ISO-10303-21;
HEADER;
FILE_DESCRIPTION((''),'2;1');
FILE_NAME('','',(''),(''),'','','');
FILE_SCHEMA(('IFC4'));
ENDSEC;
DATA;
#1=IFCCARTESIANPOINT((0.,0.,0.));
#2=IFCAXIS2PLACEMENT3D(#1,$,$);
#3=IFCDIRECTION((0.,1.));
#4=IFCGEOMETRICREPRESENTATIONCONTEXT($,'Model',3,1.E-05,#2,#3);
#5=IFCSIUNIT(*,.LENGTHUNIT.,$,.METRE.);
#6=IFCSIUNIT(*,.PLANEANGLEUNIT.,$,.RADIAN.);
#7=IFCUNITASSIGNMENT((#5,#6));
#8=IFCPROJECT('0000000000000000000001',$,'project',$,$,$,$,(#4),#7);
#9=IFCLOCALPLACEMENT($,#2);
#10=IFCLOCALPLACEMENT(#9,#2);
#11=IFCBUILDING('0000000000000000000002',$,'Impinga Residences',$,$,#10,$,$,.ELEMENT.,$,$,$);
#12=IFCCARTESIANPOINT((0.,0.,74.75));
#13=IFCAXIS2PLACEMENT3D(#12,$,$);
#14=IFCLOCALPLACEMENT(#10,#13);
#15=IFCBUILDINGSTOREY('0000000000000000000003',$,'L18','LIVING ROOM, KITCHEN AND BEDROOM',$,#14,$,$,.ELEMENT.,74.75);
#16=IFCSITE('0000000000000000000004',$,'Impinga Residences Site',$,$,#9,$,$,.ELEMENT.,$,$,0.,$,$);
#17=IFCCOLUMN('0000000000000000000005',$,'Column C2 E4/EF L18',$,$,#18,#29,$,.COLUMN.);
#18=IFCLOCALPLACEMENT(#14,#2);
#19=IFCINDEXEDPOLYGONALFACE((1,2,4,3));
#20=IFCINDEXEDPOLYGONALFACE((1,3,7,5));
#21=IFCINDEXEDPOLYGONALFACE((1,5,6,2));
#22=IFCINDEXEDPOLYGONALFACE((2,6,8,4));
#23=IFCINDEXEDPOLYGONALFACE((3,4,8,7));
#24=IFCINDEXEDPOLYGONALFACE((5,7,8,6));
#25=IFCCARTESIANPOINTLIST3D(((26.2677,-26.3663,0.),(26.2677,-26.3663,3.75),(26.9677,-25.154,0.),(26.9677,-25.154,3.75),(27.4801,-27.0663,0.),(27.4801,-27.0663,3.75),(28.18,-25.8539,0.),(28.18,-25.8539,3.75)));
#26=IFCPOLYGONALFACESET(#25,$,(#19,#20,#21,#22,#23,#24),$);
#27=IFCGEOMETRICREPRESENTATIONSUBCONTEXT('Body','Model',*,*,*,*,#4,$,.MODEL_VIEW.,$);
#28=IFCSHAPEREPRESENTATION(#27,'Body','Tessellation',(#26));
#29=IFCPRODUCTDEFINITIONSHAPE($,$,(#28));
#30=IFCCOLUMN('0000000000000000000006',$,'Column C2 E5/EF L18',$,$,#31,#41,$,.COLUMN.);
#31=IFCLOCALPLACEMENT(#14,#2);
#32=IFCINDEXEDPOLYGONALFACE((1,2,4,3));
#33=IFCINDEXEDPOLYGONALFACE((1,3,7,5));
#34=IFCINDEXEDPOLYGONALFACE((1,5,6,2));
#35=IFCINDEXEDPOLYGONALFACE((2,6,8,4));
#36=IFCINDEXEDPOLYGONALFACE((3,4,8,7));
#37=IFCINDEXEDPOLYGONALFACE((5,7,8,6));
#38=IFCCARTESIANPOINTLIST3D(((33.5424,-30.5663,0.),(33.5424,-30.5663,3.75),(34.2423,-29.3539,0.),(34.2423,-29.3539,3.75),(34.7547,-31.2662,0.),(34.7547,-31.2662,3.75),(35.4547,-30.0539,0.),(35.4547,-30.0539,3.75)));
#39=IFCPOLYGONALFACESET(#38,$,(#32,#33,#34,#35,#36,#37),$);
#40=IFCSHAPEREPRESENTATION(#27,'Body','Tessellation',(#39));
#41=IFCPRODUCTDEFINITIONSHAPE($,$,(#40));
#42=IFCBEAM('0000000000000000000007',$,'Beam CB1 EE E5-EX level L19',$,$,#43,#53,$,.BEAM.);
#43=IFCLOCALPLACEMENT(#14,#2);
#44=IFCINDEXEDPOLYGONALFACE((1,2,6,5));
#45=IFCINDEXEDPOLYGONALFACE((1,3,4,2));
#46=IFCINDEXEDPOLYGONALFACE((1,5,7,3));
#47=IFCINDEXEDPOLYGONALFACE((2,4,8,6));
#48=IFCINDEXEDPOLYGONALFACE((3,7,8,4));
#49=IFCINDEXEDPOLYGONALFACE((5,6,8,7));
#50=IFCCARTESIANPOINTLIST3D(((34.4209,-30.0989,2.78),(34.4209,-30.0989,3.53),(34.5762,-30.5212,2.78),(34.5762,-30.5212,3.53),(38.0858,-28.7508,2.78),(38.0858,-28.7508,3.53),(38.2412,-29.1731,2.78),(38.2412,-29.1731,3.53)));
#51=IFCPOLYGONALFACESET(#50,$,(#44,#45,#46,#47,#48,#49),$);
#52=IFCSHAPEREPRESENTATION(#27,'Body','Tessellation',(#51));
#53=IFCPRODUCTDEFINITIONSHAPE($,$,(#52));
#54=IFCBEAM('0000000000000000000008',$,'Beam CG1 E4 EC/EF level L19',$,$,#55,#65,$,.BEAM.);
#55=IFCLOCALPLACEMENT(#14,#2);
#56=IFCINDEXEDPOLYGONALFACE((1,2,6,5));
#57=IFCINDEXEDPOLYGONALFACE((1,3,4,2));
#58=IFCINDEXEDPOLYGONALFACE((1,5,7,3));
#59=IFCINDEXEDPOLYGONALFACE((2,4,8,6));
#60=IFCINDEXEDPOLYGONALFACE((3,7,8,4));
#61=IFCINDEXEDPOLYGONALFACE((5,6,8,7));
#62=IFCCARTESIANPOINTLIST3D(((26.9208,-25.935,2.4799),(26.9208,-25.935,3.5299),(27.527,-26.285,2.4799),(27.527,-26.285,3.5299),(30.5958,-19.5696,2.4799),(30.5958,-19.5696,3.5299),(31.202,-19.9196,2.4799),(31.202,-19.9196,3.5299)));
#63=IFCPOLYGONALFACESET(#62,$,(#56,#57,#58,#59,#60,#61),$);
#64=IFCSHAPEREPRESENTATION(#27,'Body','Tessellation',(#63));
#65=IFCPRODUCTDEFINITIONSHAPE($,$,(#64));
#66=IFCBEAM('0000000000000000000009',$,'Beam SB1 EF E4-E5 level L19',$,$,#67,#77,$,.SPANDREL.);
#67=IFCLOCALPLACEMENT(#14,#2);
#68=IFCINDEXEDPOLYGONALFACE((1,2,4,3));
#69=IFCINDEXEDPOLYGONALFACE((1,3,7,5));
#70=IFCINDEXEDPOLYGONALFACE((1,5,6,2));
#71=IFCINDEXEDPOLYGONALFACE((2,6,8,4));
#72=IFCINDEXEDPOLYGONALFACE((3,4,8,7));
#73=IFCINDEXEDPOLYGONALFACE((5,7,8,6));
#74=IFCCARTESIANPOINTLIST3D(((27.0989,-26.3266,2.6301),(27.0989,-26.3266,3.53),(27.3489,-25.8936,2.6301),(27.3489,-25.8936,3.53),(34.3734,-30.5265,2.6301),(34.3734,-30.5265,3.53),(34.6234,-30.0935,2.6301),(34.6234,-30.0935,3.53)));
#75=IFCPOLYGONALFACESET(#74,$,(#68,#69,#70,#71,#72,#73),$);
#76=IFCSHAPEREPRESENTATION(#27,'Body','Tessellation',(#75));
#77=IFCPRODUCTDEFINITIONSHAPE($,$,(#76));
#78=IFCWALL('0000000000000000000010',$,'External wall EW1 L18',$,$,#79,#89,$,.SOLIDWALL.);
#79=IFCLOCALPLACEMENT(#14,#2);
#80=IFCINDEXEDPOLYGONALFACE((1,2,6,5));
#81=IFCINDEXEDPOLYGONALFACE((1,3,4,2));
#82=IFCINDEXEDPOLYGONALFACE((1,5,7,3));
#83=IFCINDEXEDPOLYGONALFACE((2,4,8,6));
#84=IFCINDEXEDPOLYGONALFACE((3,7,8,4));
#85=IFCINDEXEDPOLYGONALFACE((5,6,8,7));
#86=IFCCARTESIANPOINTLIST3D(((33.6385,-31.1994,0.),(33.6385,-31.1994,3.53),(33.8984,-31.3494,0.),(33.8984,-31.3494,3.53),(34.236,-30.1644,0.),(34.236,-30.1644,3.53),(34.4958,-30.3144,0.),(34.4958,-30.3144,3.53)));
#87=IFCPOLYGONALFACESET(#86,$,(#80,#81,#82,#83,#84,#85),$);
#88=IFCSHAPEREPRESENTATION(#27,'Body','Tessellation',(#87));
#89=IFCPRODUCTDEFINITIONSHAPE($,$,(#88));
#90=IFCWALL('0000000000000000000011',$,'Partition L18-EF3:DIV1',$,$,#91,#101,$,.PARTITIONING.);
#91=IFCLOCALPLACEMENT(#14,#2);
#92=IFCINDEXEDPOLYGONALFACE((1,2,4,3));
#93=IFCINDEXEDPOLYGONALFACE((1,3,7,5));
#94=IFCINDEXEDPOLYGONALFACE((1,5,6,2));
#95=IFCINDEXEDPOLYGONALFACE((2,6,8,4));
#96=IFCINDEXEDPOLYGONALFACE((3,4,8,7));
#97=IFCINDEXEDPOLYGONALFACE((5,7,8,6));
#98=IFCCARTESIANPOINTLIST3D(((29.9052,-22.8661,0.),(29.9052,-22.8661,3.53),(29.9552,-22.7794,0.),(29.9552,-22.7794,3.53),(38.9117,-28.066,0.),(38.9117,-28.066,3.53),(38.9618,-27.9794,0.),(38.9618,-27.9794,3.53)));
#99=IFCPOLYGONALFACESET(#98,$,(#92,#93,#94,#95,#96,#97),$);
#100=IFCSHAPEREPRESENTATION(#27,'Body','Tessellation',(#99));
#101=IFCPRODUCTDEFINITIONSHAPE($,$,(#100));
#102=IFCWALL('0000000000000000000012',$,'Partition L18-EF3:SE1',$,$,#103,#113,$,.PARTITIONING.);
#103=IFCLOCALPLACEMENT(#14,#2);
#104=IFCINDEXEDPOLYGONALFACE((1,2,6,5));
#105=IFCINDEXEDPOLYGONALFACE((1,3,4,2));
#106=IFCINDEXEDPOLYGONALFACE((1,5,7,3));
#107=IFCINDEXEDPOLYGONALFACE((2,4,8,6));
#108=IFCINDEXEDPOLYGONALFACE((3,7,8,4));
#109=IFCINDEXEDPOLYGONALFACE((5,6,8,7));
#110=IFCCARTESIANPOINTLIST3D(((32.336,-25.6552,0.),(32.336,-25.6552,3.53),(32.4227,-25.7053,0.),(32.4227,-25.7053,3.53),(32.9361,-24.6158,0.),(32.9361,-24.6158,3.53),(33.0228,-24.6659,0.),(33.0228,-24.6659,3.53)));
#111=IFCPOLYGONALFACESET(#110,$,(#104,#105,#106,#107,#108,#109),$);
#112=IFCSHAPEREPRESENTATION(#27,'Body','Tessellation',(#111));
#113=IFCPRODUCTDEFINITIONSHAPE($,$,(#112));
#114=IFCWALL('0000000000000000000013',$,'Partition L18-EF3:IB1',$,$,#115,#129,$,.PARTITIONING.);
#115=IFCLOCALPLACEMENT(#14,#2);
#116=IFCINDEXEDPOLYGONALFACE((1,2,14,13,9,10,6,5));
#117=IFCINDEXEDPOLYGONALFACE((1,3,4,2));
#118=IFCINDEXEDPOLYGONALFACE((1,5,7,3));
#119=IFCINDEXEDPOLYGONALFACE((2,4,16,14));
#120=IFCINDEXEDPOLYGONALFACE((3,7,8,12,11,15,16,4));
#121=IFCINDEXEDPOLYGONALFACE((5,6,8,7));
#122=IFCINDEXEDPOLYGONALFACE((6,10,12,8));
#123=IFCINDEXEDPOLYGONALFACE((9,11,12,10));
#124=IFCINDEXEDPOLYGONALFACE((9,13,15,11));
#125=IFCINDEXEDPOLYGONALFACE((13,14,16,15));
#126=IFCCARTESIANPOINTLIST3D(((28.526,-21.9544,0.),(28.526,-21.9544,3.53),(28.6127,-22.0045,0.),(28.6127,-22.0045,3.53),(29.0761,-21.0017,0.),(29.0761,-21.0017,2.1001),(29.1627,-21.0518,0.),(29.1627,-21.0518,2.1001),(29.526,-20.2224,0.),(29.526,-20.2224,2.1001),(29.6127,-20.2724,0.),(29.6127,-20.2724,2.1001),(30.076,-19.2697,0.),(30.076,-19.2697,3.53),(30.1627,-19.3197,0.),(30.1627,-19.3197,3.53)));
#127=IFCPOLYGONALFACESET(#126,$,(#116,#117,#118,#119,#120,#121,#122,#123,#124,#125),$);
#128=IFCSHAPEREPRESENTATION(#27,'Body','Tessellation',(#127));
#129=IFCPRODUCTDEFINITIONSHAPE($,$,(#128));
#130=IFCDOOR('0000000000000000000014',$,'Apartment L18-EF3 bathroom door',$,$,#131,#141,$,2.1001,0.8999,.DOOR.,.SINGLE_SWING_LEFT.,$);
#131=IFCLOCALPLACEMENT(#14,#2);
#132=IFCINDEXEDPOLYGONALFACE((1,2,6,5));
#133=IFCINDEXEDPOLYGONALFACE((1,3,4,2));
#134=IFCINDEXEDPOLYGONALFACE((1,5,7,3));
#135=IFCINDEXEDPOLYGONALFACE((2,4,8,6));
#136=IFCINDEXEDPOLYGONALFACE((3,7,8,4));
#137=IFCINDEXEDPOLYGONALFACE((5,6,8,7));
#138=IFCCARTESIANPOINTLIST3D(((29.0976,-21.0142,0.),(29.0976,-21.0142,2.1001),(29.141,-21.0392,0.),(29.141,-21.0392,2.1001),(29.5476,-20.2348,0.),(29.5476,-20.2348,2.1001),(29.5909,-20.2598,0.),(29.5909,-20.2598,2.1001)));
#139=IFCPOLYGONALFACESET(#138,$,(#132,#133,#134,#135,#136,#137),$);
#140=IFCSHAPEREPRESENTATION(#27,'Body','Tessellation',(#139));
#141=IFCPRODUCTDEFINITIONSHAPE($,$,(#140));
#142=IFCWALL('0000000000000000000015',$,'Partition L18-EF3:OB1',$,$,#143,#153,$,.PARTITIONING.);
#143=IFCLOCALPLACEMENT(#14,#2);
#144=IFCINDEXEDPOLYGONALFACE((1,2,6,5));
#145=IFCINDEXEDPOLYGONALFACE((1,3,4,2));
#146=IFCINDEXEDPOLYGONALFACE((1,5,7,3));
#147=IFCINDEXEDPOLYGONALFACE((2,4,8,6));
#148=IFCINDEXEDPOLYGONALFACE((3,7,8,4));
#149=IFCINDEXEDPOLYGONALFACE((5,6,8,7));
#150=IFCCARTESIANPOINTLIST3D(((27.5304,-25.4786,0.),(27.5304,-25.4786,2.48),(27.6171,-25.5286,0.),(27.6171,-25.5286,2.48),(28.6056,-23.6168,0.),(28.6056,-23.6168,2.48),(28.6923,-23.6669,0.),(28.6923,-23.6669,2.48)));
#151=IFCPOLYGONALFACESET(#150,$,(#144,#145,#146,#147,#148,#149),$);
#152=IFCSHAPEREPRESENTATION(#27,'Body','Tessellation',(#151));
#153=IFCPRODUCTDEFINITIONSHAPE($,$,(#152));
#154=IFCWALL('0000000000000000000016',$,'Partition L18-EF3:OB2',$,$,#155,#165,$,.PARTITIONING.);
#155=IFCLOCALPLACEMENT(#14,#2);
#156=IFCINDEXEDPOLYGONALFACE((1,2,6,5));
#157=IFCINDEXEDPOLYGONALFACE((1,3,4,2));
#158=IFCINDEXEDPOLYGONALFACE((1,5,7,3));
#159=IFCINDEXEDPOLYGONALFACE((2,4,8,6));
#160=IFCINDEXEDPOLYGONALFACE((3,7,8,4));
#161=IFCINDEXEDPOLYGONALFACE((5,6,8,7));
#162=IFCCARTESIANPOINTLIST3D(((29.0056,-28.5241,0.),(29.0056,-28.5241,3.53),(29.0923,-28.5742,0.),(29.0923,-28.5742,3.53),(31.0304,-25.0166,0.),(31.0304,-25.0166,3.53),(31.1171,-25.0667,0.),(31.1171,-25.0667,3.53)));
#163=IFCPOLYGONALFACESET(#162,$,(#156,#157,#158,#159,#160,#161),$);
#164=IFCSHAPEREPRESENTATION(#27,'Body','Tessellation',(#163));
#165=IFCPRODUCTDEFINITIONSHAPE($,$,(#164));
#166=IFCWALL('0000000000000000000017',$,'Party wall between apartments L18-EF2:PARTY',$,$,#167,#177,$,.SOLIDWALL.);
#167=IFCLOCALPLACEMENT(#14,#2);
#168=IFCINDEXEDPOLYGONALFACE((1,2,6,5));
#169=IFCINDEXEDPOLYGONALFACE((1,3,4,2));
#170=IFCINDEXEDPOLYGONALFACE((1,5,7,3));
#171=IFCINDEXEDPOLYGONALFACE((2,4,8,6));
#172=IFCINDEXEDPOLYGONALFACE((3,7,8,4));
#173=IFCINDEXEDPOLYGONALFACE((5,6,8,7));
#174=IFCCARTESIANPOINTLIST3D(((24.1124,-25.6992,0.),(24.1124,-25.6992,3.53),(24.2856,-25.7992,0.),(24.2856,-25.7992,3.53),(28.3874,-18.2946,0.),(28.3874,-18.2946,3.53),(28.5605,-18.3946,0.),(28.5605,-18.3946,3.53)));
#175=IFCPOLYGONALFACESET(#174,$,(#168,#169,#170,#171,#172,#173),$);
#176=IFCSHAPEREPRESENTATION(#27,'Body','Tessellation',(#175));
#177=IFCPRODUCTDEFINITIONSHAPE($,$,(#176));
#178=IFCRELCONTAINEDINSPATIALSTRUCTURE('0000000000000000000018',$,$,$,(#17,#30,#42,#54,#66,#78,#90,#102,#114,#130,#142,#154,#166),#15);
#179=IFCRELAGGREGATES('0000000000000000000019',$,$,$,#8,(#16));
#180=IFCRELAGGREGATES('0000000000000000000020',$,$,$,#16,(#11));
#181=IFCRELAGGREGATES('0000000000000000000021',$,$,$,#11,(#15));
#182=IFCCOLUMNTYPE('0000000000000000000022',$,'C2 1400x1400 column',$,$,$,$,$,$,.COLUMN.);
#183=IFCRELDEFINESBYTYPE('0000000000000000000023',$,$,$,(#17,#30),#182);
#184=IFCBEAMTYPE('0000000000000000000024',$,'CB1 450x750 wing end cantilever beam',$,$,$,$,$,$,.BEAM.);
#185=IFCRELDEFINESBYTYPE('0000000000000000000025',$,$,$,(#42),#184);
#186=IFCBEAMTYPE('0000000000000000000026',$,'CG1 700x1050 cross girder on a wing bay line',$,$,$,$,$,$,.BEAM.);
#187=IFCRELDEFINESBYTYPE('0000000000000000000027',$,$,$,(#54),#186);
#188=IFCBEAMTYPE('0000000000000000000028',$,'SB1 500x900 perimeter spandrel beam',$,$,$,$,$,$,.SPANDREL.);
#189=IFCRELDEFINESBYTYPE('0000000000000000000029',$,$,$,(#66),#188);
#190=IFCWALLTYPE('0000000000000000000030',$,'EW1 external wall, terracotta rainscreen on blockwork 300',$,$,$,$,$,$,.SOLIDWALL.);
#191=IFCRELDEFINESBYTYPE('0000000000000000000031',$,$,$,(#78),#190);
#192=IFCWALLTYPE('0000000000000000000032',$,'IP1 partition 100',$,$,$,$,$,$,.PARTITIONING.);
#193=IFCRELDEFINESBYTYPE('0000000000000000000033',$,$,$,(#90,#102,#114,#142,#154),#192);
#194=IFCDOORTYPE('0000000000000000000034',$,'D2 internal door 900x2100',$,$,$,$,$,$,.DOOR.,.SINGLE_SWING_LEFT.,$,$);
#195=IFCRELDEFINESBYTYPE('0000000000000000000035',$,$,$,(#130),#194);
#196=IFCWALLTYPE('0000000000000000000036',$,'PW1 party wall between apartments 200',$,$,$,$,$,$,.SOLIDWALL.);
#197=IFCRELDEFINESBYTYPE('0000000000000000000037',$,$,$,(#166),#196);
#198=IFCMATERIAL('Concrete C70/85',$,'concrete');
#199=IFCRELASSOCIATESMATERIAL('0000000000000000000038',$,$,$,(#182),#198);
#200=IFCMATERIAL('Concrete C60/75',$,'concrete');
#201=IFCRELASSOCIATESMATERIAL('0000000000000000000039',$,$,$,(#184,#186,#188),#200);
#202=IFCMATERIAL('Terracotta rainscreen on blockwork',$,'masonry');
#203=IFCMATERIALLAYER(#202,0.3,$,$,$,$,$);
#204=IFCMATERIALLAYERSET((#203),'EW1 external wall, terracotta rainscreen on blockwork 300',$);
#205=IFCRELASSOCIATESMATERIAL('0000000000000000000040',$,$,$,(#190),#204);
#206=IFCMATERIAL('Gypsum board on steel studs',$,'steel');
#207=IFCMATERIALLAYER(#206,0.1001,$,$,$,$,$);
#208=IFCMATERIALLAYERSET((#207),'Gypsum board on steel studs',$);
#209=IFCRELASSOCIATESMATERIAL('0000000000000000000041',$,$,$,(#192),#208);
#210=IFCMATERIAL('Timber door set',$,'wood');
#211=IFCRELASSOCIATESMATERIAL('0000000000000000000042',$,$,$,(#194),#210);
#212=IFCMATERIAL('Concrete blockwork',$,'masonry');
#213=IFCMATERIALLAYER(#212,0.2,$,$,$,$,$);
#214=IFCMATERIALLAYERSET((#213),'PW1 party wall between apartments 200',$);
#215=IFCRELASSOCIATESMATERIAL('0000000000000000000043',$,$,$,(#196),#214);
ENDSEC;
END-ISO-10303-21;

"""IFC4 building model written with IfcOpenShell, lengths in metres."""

from ifc_helpers import new_model, si_unit, direction, frame, frame_2d, origin, origin_2d, place, context, subcontext, project, spatial, rectangle, extrude, material, layer, layer_set, material_profile, profile_set, type_object, element, fill, save


model = new_model("IFC4")

# Units and contexts
model_context = context("Model", 3, precision=1e-05, world=origin(), true_north=direction((0.0, 1.0)))
body_context = subcontext(model_context, "Body", "Model", "MODEL_VIEW")
ifc_project = project(units=[si_unit("LENGTHUNIT", "METRE"), si_unit("PLANEANGLEUNIT", "RADIAN")], contexts=[model_context])

# Site, building, storey
site_placement = place(None, origin())
site = spatial("IfcSite", under=ifc_project, at=site_placement, Name="Impinga Residences Site", CompositionType="ELEMENT", RefElevation=0.0)
building_placement = place(site_placement, origin())
building = spatial("IfcBuilding", under=site, at=building_placement, Name="Impinga Residences", CompositionType="ELEMENT")
storey_placement = place(building_placement, frame((0.0, 0.0, 74.75)))
storey = spatial("IfcBuildingStorey", under=building, at=storey_placement, Name="L18", Description="LIVING ROOM, KITCHEN AND BEDROOM", CompositionType="ELEMENT", Elevation=74.75)

# Columns
ifc_material_1 = material(Name="Concrete C70/85", Category="concrete")
ifc_material_profile_1 = material_profile(ifc_material_1, rectangle(XDim=1.3999, YDim=1.3999, at=origin_2d()), Name="RC 1400x1400")
ifc_profile_set_1 = profile_set([ifc_material_profile_1], Name="Concrete C70/85")
column_type = type_object("IfcColumnType", Name="C2 1400x1400 column", PredefinedType="COLUMN", material=ifc_profile_set_1)
for number, where, z_axis, x_axis, name in (
    (1, (27.2239, -26.1101, 0.0), (0.0, 0.0, 1.0), (-0.5, -0.866025, 0.0), "Column C2 E4/EF L18"),
    (2, (34.4985, -30.3101, 0.0), (0.0, 0.0, 1.0), (-0.5, -0.866025, 0.0), "Column C2 E5/EF L18"),
):
    element("IfcColumn", number, at=place(storey_placement, frame(where, z_axis=z_axis, x_axis=x_axis)), inside=storey, type_object=column_type, Name=name, PredefinedType="COLUMN", context=body_context, shape_type="SweptSolid", body=[
        extrude(rectangle(XDim=1.3999, YDim=1.3999, at=origin_2d()), origin(), (0.0, 0.0, 1.0), 3.75),
    ])

# Beams
ifc_material_2 = material(Name="Concrete C60/75", Category="concrete")
ifc_material_profile_2 = material_profile(ifc_material_2, rectangle(XDim=0.45, YDim=0.75, at=origin_2d()), Name="RC 450x750")
ifc_profile_set_2 = profile_set([ifc_material_profile_2], Name="Concrete C60/75")
beam_type_1 = type_object("IfcBeamType", Name="CB1 450x750 wing end cantilever beam", PredefinedType="BEAM", material=ifc_profile_set_2)
beam_1_placement = place(storey_placement, frame((34.4985, -30.3101, 3.155), z_axis=(0.93852, 0.345224, 0.0), x_axis=(-0.345224, 0.93852, 0.0)))
element("IfcBeam", 3, at=beam_1_placement, inside=storey, type_object=beam_type_1, Name="Beam CB1 EE E5-EX level L19", PredefinedType="BEAM", context=body_context, shape_type="SweptSolid", body=[
    extrude(rectangle(XDim=0.45, YDim=0.75, at=origin_2d()), origin(), (0.0, 0.0, 1.0), 3.905),
])
ifc_material_profile_3 = material_profile(ifc_material_2, rectangle(XDim=0.7, YDim=1.05, at=origin_2d()), Name="RC 700x1050")
ifc_profile_set_3 = profile_set([ifc_material_profile_3], Name="Concrete C60/75")
beam_type_2 = type_object("IfcBeamType", Name="CG1 700x1050 cross girder on a wing bay line", PredefinedType="BEAM", material=ifc_profile_set_3)
beam_2_placement = place(storey_placement, frame((30.8989, -19.7446, 3.0049), z_axis=(-0.499994, -0.866029, 0.0), x_axis=(0.866029, -0.499994, 0.0)))
element("IfcBeam", 4, at=beam_2_placement, inside=storey, type_object=beam_type_2, Name="Beam CG1 E4 EC/EF level L19", PredefinedType="BEAM", context=body_context, shape_type="SweptSolid", body=[
    extrude(rectangle(XDim=0.7, YDim=1.05, at=origin_2d()), origin(), (0.0, 0.0, 1.0), 7.3501),
])
ifc_material_profile_4 = material_profile(ifc_material_2, rectangle(XDim=0.5, YDim=0.8999, at=origin_2d()), Name="RC 500x900")
ifc_profile_set_4 = profile_set([ifc_material_profile_4], Name="Concrete C60/75")
beam_type_3 = type_object("IfcBeamType", Name="SB1 500x900 perimeter spandrel beam", PredefinedType="SPANDREL", material=ifc_profile_set_4)
beam_3_placement = place(storey_placement, frame((27.2239, -26.1101, 3.0801), z_axis=(0.866029, -0.499993, 0.0), x_axis=(0.499993, 0.866029, 0.0)))
element("IfcBeam", 5, at=beam_3_placement, inside=storey, type_object=beam_type_3, Name="Beam SB1 EF E4-E5 level L19", PredefinedType="SPANDREL", context=body_context, shape_type="SweptSolid", body=[
    extrude(rectangle(XDim=0.5, YDim=0.8999, at=origin_2d()), origin(), (0.0, 0.0, 1.0), 8.3999),
])

# Wall
ifc_material_3 = material(Name="Terracotta rainscreen on blockwork", Category="masonry")
ifc_layer_1 = layer(ifc_material_3, 0.3)
ifc_layer_set_1 = layer_set([ifc_layer_1], Name="EW1 external wall, terracotta rainscreen on blockwork 300")
wall_type_1 = type_object("IfcWallType", Name="EW1 external wall, terracotta rainscreen on blockwork 300", PredefinedType="SOLIDWALL", material=ifc_layer_set_1)
wall_1_placement = place(storey_placement, frame((34.366, -30.2393, 0.0), z_axis=(0.0, 0.0, 1.0), x_axis=(-0.499941, -0.86606, 0.0)))
element("IfcWall", 6, at=wall_1_placement, inside=storey, type_object=wall_type_1, Name="External wall EW1 L18", PredefinedType="SOLIDWALL", context=body_context, shape_type="SweptSolid", body=[
    extrude(rectangle(XDim=1.1951, YDim=0.3, at=frame_2d((0.5977, 0.0))), origin(), (0.0, 0.0, 1.0), 3.53),
])

# Walls
ifc_material_4 = material(Name="Gypsum board on steel studs", Category="steel")
ifc_layer_2 = layer(ifc_material_4, 0.1001)
ifc_layer_set_2 = layer_set([ifc_layer_2], Name="Gypsum board on steel studs")
wall_type_2 = type_object("IfcWallType", Name="IP1 partition 100", PredefinedType="PARTITIONING", material=ifc_layer_set_2)
wall_2_placement = place(storey_placement, frame((29.9302, -22.8228, 0.0), z_axis=(0.0, 0.0, 1.0), x_axis=(0.866026, -0.499999, 0.0)))
element("IfcWall", 7, at=wall_2_placement, inside=storey, type_object=wall_type_2, Name="Partition L18-EF3:DIV1", PredefinedType="PARTITIONING", context=body_context, shape_type="SweptSolid", body=[
    extrude(rectangle(XDim=10.3999, YDim=0.1001, at=frame_2d((5.2, 0.0))), origin(), (0.0, 0.0, 1.0), 3.53),
])
wall_3_placement = place(storey_placement, frame((32.9795, -24.6409, 0.0), z_axis=(0.0, 0.0, 1.0), x_axis=(-0.500034, -0.866006, 0.0)))
element("IfcWall", 8, at=wall_3_placement, inside=storey, type_object=wall_type_2, Name="Partition L18-EF3:SE1", PredefinedType="PARTITIONING", context=body_context, shape_type="SweptSolid", body=[
    extrude(rectangle(XDim=1.2002, YDim=0.1001, at=frame_2d((0.6001, 0.0))), origin(), (0.0, 0.0, 1.0), 3.53),
])

# Wall, opening, door
wall_4_placement = place(storey_placement, frame((30.1194, -19.2947, 0.0), z_axis=(0.0, 0.0, 1.0), x_axis=(-0.499993, -0.86603, 0.0)))
wall_4 = element("IfcWall", 9, at=wall_4_placement, inside=storey, type_object=wall_type_2, Name="Partition L18-EF3:IB1", PredefinedType="PARTITIONING", context=body_context, shape_type="SweptSolid", body=[
    extrude(rectangle(XDim=3.1001, YDim=0.1001, at=frame_2d((1.55, 0.0))), origin(), (0.0, 0.0, 1.0), 3.53),
])
opening_1_placement = place(wall_4_placement, frame((1.1001, 0.0, 0.0)))
opening_1 = element("IfcOpeningElement", 10, at=opening_1_placement, cuts=wall_4, PredefinedType="OPENING", context=body_context, shape_type="SweptSolid", body=[
    extrude(rectangle(XDim=0.8999, YDim=2.1001, at=frame_2d((0.45, 1.05))), frame((0.0, 0.0601, 0.0), z_axis=(0.0, -1.0, 0.0), x_axis=(1.0, 0.0, 0.0)), (0.0, 0.0, 1.0), 0.1201),
])
ifc_material_5 = material(Name="Timber door set", Category="wood")
door_type = type_object("IfcDoorType", Name="D2 internal door 900x2100", OperationType="SINGLE_SWING_LEFT", PredefinedType="DOOR", material=ifc_material_5)
door_placement = place(opening_1_placement, origin())
door = element("IfcDoor", 11, at=door_placement, inside=storey, type_object=door_type, Name="Apartment L18-EF3 bathroom door", OperationType="SINGLE_SWING_LEFT", OverallHeight=2.1001, OverallWidth=0.8999, PredefinedType="DOOR", context=body_context, shape_type="SweptSolid", body=[
    extrude(rectangle(XDim=0.8999, YDim=2.1001, at=frame_2d((0.45, 1.05))), frame((0.0, 0.0249, 0.0), z_axis=(0.0, -1.0, 0.0), x_axis=(1.0, 0.0, 0.0)), (0.0, 0.0, 1.0), 0.05),
])
fill(opening_1, door)

# Walls
wall_5_placement = place(storey_placement, frame((28.6489, -23.6418, 0.0), z_axis=(0.0, 0.0, 1.0), x_axis=(-0.500096, -0.86597, 0.0)))
element("IfcWall", 12, at=wall_5_placement, inside=storey, type_object=wall_type_2, Name="Partition L18-EF3:OB1", PredefinedType="PARTITIONING", context=body_context, shape_type="SweptSolid", body=[
    extrude(rectangle(XDim=2.1499, YDim=0.1001, at=frame_2d((1.075, 0.0))), origin(), (0.0, 0.0, 1.0), 2.48),
])
wall_6_placement = place(storey_placement, frame((31.0737, -25.0417, 0.0), z_axis=(0.0, 0.0, 1.0), x_axis=(-0.499964, -0.866046, 0.0)))
element("IfcWall", 13, at=wall_6_placement, inside=storey, type_object=wall_type_2, Name="Partition L18-EF3:OB2", PredefinedType="PARTITIONING", context=body_context, shape_type="SweptSolid", body=[
    extrude(rectangle(XDim=4.05, YDim=0.1001, at=frame_2d((2.0249, 0.0))), origin(), (0.0, 0.0, 1.0), 3.53),
])
ifc_material_6 = material(Name="Concrete blockwork", Category="masonry")
ifc_layer_3 = layer(ifc_material_6, 0.2)
ifc_layer_set_3 = layer_set([ifc_layer_3], Name="PW1 party wall between apartments 200")
wall_type_3 = type_object("IfcWallType", Name="PW1 party wall between apartments 200", PredefinedType="SOLIDWALL", material=ifc_layer_set_3)
wall_7_placement = place(storey_placement, frame((28.4739, -18.3447, 0.0), z_axis=(0.0, 0.0, 1.0), x_axis=(-0.49999, -0.866031, 0.0)))
element("IfcWall", 14, at=wall_7_placement, inside=storey, type_object=wall_type_3, Name="Party wall between apartments L18-EF2:PARTY", PredefinedType="SOLIDWALL", context=body_context, shape_type="SweptSolid", body=[
    extrude(rectangle(XDim=8.55, YDim=0.2, at=frame_2d((4.2749, 0.0))), origin(), (0.0, 0.0, 1.0), 3.53),
])

save(model, "model.ifc")
